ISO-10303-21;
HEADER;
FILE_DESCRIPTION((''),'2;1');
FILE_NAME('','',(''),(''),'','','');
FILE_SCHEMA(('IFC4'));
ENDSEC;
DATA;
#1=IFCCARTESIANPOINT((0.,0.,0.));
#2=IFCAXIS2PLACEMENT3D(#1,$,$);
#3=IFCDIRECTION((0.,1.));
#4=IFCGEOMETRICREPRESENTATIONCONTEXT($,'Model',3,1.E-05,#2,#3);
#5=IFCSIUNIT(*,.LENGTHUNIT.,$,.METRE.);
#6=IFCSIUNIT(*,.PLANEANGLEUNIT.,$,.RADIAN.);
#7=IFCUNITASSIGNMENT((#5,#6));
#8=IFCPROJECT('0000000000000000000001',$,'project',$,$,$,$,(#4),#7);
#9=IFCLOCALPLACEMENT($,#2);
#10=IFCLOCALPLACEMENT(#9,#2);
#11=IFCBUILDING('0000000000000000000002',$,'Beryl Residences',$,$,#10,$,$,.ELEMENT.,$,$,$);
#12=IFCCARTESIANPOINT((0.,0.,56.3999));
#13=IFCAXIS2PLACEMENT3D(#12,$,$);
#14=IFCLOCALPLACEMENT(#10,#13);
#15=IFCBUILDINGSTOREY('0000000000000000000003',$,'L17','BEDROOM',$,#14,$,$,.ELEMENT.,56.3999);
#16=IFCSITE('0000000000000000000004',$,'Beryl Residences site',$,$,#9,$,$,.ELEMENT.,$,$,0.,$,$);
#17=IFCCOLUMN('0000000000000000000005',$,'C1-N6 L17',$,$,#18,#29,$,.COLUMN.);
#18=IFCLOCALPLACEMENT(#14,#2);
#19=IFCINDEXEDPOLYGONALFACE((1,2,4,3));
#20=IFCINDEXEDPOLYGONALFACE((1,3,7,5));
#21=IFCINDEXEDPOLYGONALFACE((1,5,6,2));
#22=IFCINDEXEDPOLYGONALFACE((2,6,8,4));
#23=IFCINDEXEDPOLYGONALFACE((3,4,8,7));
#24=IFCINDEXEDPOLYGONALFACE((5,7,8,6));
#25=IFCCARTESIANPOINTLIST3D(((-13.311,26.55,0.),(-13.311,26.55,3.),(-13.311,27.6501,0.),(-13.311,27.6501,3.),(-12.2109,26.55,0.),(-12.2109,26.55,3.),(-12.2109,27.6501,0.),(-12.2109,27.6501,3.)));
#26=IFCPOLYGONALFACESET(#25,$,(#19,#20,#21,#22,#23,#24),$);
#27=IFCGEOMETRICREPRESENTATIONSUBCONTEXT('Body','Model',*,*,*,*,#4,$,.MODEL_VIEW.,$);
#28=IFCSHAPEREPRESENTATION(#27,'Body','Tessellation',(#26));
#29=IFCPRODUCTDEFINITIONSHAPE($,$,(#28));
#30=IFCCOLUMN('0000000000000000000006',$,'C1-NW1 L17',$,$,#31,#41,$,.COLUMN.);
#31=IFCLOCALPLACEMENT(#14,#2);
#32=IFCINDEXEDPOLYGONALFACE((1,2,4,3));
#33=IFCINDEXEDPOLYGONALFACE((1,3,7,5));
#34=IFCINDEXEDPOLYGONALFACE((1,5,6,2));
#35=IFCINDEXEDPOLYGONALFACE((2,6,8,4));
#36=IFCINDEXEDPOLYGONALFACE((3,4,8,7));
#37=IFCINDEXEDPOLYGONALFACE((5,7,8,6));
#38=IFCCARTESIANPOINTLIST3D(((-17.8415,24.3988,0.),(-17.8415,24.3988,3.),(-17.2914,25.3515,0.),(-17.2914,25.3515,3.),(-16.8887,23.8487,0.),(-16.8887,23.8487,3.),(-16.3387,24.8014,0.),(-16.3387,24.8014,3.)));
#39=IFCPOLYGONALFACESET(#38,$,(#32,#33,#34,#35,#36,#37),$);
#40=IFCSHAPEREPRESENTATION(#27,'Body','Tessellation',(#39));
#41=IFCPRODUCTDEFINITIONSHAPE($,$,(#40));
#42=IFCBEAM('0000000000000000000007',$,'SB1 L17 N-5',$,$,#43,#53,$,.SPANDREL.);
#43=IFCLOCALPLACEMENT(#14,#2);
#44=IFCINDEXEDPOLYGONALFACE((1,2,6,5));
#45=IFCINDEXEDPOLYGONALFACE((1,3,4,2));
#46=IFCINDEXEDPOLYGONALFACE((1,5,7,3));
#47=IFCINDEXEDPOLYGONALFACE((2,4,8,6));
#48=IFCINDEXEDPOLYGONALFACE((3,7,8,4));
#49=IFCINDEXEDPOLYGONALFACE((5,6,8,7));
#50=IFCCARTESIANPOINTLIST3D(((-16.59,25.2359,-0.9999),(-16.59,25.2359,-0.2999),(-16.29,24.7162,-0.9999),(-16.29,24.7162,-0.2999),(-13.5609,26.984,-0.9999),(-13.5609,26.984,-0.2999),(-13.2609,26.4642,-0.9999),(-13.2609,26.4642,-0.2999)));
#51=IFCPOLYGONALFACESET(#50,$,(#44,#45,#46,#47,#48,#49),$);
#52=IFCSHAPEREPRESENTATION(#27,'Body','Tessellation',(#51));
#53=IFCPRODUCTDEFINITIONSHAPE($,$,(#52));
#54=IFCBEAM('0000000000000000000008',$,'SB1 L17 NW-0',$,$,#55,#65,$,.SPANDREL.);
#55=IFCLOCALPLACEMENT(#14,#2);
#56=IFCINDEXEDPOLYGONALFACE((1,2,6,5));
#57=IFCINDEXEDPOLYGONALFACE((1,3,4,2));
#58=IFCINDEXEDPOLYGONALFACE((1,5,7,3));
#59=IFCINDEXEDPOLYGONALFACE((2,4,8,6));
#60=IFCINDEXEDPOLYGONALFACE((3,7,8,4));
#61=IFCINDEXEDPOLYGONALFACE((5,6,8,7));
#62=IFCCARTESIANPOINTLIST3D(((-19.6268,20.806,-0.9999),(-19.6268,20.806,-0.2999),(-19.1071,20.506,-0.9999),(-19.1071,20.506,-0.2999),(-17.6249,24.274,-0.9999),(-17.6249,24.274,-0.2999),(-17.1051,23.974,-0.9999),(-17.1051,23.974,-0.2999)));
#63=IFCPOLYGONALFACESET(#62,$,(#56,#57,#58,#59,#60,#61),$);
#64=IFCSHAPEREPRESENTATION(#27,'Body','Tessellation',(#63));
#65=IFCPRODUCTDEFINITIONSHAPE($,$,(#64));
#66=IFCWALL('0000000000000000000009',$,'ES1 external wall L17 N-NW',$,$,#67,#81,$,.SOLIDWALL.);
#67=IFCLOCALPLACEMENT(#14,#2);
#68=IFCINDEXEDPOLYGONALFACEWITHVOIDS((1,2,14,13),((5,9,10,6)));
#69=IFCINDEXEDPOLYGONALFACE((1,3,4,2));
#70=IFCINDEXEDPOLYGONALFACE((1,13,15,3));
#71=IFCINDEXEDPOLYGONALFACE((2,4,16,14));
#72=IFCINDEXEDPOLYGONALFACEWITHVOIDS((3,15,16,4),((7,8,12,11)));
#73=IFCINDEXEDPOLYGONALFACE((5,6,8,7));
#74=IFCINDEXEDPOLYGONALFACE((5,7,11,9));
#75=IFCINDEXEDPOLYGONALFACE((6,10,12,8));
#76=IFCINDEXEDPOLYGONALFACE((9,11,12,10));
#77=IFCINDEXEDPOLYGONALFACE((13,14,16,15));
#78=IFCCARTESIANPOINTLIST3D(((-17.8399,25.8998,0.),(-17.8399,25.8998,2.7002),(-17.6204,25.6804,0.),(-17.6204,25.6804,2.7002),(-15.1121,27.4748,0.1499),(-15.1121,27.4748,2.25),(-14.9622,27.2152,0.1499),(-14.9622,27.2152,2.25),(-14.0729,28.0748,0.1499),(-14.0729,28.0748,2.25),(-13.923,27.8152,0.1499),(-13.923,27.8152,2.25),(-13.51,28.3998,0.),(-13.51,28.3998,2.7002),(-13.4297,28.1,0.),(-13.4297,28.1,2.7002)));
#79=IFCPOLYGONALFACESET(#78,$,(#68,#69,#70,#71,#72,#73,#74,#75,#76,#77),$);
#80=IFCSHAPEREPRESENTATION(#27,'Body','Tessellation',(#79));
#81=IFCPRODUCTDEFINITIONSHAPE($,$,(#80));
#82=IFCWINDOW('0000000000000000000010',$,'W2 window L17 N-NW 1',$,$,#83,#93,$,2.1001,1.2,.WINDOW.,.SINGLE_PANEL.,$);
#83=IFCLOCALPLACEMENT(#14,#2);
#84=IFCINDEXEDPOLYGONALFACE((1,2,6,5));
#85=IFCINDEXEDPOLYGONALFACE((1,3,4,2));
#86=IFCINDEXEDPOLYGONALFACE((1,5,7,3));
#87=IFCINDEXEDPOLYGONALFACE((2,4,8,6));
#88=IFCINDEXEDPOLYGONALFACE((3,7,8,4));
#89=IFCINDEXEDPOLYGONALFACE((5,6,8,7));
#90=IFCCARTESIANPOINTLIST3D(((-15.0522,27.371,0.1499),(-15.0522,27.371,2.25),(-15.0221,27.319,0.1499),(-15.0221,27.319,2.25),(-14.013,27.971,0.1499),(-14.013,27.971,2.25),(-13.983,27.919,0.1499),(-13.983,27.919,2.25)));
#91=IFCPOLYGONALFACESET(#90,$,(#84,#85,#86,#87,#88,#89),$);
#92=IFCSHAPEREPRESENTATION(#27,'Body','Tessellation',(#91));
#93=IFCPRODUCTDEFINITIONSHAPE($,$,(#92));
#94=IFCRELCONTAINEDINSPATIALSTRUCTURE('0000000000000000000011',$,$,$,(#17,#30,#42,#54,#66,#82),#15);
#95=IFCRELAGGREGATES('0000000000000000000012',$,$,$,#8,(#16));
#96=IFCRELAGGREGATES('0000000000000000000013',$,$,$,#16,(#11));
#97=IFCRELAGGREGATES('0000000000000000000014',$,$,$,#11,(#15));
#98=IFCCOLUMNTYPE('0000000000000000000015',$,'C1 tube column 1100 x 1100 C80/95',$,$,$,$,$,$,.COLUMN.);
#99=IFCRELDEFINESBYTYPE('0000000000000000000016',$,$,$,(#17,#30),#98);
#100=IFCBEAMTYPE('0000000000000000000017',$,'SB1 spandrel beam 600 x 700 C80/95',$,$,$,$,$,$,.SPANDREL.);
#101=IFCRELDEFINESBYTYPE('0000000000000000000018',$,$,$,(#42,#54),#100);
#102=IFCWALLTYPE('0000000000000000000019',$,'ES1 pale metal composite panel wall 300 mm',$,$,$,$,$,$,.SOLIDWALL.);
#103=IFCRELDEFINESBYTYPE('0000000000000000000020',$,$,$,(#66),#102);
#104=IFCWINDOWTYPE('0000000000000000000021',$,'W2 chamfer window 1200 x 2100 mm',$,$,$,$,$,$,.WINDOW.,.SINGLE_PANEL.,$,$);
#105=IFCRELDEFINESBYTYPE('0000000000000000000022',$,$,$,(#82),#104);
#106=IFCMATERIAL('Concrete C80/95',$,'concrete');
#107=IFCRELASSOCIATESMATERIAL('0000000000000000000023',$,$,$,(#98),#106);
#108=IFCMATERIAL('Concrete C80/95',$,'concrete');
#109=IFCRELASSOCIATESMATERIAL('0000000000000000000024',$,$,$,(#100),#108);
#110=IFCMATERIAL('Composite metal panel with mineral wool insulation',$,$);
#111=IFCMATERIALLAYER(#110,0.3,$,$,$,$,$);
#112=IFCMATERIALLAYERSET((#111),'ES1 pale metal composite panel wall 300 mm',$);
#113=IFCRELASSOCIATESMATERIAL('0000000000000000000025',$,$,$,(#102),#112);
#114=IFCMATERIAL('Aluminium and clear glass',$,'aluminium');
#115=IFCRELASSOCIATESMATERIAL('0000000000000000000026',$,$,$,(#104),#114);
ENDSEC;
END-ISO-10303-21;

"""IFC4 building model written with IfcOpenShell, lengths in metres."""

from ifc_helpers import new_model, si_unit, direction, frame, frame_2d, origin, origin_2d, place, context, subcontext, project, spatial, polyline, rectangle, outline, extrude, material, layer, layer_set, material_profile, profile_set, type_object, element, fill, save


model = new_model("IFC4")

# Units and contexts
model_context = context("Model", 3, precision=1e-05, world=origin(), true_north=direction((0.0, 1.0)))
body_context = subcontext(model_context, "Body", "Model", "MODEL_VIEW")
ifc_project = project(units=[si_unit("LENGTHUNIT", "METRE"), si_unit("PLANEANGLEUNIT", "RADIAN")], contexts=[model_context])

# Site, building, storey
site_placement = place(None, origin())
site = spatial("IfcSite", under=ifc_project, at=site_placement, Name="Beryl Residences site", CompositionType="ELEMENT", RefElevation=0.0)
building_placement = place(site_placement, origin())
building = spatial("IfcBuilding", under=site, at=building_placement, Name="Beryl Residences", CompositionType="ELEMENT")
storey_placement = place(building_placement, frame((0.0, 0.0, 56.3999)))
storey = spatial("IfcBuildingStorey", under=building, at=storey_placement, Name="L17", Description="BEDROOM", CompositionType="ELEMENT", Elevation=56.3999)

# Columns
ifc_material_1 = material(Name="Concrete C80/95", Category="concrete")
ifc_material_profile_1 = material_profile(ifc_material_1, rectangle(XDim=1.1001, YDim=1.1001, at=origin_2d()))
ifc_profile_set_1 = profile_set([ifc_material_profile_1], Name="Concrete C80/95")
column_type = type_object("IfcColumnType", Name="C1 tube column 1100 x 1100 C80/95", PredefinedType="COLUMN", material=ifc_profile_set_1)
for number, where, z_axis, x_axis, name in (
    (1, (-12.761, 27.1001, 0.0), (0.0, 0.0, 1.0), (-1.0, 0.0, 0.0), "C1-N6 L17"),
    (2, (-17.0901, 24.6001, 0.0), (0.0, 0.0, 1.0), (-0.499985, -0.866034, 0.0), "C1-NW1 L17"),
):
    element("IfcColumn", number, at=place(storey_placement, frame(where, z_axis=z_axis, x_axis=x_axis)), inside=storey, type_object=column_type, Name=name, PredefinedType="COLUMN", context=body_context, shape_type="SweptSolid", body=[
        extrude(rectangle(XDim=1.1001, YDim=1.1001, at=origin_2d()), origin(), (0.0, 0.0, 1.0), 3.0),
    ])

# Beams
ifc_material_2 = material(Name="Concrete C80/95", Category="concrete")
ifc_material_profile_2 = material_profile(ifc_material_2, rectangle(XDim=0.6001, YDim=0.7, at=origin_2d()))
ifc_profile_set_2 = profile_set([ifc_material_profile_2], Name="Concrete C80/95")
beam_type = type_object("IfcBeamType", Name="SB1 spandrel beam 600 x 700 C80/95", PredefinedType="SPANDREL", material=ifc_profile_set_2)
beam_1_placement = place(storey_placement, frame((-13.4109, 26.7241, -0.6499), z_axis=(-0.866122, -0.499833, 0.0), x_axis=(0.499833, -0.866122, 0.0)))
element("IfcBeam", 3, at=beam_1_placement, inside=storey, type_object=beam_type, Name="SB1 L17 N-5", PredefinedType="SPANDREL", context=body_context, shape_type="SweptSolid", body=[
    extrude(rectangle(XDim=0.6001, YDim=0.7, at=origin_2d()), origin(), (0.0, 0.0, 1.0), 3.4973),
])
beam_2_placement = place(storey_placement, frame((-17.365, 24.124, -0.6499), z_axis=(-0.499942, -0.866059, 0.0), x_axis=(0.866059, -0.499942, 0.0)))
element("IfcBeam", 4, at=beam_2_placement, inside=storey, type_object=beam_type, Name="SB1 L17 NW-0", PredefinedType="SPANDREL", context=body_context, shape_type="SweptSolid", body=[
    extrude(rectangle(XDim=0.6001, YDim=0.7, at=origin_2d()), origin(), (0.0, 0.0, 1.0), 4.0044),
])

# Wall, opening, window
ifc_material_3 = material(Name="Composite metal panel with mineral wool insulation")
ifc_layer_1 = layer(ifc_material_3, 0.3)
ifc_layer_set_1 = layer_set([ifc_layer_1], Name="ES1 pale metal composite panel wall 300 mm")
wall_type_1 = type_object("IfcWallType", Name="ES1 pale metal composite panel wall 300 mm", PredefinedType="SOLIDWALL", material=ifc_layer_set_1)
wall_1_placement = place(storey_placement, frame((-13.4351, 28.27, 0.0), z_axis=(0.0, 0.0, 1.0), x_axis=(-0.866011, -0.500025, 0.0)))
wall_1 = element("IfcWall", 5, at=wall_1_placement, inside=storey, type_object=wall_type_1, Name="ES1 external wall L17 N-NW", PredefinedType="SOLIDWALL", context=body_context, shape_type="SweptSolid", body=[
    extrude(outline(polyline([(0.0, -0.1499), (4.9998, -0.1499), (4.9194, 0.1499), (0.0803, 0.1499), (0.0, -0.1499)])), origin(), (0.0, 0.0, 1.0), 2.7002),
])
opening_1_placement = place(wall_1_placement, frame((0.6499, 0.0, 0.1499)))
opening_1 = element("IfcOpeningElement", 6, at=opening_1_placement, cuts=wall_1, PredefinedType="OPENING", context=body_context, shape_type="SweptSolid", body=[
    extrude(rectangle(XDim=1.2, YDim=2.1001, at=frame_2d((0.6001, 1.05))), frame((0.0, 0.1599, 0.0), z_axis=(0.0, -1.0, 0.0), x_axis=(1.0, 0.0, 0.0)), (0.0, 0.0, 1.0), 0.3201),
])
ifc_material_4 = material(Name="Aluminium and clear glass", Category="aluminium")
window_type_1 = type_object("IfcWindowType", Name="W2 chamfer window 1200 x 2100 mm", PartitioningType="SINGLE_PANEL", PredefinedType="WINDOW", material=ifc_material_4)
window_1_placement = place(opening_1_placement, origin())
window_1 = element("IfcWindow", 7, at=window_1_placement, inside=storey, type_object=window_type_1, Name="W2 window L17 N-NW 1", OverallHeight=2.1001, OverallWidth=1.2, PartitioningType="SINGLE_PANEL", PredefinedType="WINDOW", context=body_context, shape_type="SweptSolid", body=[
    extrude(rectangle(XDim=1.2, YDim=2.1001, at=frame_2d((0.6001, 1.05))), frame((0.0, 0.03, 0.0), z_axis=(0.0, -1.0, 0.0), x_axis=(1.0, 0.0, 0.0)), (0.0, 0.0, 1.0), 0.0601),
])
fill(opening_1, window_1)

save(model, "model.ifc")
